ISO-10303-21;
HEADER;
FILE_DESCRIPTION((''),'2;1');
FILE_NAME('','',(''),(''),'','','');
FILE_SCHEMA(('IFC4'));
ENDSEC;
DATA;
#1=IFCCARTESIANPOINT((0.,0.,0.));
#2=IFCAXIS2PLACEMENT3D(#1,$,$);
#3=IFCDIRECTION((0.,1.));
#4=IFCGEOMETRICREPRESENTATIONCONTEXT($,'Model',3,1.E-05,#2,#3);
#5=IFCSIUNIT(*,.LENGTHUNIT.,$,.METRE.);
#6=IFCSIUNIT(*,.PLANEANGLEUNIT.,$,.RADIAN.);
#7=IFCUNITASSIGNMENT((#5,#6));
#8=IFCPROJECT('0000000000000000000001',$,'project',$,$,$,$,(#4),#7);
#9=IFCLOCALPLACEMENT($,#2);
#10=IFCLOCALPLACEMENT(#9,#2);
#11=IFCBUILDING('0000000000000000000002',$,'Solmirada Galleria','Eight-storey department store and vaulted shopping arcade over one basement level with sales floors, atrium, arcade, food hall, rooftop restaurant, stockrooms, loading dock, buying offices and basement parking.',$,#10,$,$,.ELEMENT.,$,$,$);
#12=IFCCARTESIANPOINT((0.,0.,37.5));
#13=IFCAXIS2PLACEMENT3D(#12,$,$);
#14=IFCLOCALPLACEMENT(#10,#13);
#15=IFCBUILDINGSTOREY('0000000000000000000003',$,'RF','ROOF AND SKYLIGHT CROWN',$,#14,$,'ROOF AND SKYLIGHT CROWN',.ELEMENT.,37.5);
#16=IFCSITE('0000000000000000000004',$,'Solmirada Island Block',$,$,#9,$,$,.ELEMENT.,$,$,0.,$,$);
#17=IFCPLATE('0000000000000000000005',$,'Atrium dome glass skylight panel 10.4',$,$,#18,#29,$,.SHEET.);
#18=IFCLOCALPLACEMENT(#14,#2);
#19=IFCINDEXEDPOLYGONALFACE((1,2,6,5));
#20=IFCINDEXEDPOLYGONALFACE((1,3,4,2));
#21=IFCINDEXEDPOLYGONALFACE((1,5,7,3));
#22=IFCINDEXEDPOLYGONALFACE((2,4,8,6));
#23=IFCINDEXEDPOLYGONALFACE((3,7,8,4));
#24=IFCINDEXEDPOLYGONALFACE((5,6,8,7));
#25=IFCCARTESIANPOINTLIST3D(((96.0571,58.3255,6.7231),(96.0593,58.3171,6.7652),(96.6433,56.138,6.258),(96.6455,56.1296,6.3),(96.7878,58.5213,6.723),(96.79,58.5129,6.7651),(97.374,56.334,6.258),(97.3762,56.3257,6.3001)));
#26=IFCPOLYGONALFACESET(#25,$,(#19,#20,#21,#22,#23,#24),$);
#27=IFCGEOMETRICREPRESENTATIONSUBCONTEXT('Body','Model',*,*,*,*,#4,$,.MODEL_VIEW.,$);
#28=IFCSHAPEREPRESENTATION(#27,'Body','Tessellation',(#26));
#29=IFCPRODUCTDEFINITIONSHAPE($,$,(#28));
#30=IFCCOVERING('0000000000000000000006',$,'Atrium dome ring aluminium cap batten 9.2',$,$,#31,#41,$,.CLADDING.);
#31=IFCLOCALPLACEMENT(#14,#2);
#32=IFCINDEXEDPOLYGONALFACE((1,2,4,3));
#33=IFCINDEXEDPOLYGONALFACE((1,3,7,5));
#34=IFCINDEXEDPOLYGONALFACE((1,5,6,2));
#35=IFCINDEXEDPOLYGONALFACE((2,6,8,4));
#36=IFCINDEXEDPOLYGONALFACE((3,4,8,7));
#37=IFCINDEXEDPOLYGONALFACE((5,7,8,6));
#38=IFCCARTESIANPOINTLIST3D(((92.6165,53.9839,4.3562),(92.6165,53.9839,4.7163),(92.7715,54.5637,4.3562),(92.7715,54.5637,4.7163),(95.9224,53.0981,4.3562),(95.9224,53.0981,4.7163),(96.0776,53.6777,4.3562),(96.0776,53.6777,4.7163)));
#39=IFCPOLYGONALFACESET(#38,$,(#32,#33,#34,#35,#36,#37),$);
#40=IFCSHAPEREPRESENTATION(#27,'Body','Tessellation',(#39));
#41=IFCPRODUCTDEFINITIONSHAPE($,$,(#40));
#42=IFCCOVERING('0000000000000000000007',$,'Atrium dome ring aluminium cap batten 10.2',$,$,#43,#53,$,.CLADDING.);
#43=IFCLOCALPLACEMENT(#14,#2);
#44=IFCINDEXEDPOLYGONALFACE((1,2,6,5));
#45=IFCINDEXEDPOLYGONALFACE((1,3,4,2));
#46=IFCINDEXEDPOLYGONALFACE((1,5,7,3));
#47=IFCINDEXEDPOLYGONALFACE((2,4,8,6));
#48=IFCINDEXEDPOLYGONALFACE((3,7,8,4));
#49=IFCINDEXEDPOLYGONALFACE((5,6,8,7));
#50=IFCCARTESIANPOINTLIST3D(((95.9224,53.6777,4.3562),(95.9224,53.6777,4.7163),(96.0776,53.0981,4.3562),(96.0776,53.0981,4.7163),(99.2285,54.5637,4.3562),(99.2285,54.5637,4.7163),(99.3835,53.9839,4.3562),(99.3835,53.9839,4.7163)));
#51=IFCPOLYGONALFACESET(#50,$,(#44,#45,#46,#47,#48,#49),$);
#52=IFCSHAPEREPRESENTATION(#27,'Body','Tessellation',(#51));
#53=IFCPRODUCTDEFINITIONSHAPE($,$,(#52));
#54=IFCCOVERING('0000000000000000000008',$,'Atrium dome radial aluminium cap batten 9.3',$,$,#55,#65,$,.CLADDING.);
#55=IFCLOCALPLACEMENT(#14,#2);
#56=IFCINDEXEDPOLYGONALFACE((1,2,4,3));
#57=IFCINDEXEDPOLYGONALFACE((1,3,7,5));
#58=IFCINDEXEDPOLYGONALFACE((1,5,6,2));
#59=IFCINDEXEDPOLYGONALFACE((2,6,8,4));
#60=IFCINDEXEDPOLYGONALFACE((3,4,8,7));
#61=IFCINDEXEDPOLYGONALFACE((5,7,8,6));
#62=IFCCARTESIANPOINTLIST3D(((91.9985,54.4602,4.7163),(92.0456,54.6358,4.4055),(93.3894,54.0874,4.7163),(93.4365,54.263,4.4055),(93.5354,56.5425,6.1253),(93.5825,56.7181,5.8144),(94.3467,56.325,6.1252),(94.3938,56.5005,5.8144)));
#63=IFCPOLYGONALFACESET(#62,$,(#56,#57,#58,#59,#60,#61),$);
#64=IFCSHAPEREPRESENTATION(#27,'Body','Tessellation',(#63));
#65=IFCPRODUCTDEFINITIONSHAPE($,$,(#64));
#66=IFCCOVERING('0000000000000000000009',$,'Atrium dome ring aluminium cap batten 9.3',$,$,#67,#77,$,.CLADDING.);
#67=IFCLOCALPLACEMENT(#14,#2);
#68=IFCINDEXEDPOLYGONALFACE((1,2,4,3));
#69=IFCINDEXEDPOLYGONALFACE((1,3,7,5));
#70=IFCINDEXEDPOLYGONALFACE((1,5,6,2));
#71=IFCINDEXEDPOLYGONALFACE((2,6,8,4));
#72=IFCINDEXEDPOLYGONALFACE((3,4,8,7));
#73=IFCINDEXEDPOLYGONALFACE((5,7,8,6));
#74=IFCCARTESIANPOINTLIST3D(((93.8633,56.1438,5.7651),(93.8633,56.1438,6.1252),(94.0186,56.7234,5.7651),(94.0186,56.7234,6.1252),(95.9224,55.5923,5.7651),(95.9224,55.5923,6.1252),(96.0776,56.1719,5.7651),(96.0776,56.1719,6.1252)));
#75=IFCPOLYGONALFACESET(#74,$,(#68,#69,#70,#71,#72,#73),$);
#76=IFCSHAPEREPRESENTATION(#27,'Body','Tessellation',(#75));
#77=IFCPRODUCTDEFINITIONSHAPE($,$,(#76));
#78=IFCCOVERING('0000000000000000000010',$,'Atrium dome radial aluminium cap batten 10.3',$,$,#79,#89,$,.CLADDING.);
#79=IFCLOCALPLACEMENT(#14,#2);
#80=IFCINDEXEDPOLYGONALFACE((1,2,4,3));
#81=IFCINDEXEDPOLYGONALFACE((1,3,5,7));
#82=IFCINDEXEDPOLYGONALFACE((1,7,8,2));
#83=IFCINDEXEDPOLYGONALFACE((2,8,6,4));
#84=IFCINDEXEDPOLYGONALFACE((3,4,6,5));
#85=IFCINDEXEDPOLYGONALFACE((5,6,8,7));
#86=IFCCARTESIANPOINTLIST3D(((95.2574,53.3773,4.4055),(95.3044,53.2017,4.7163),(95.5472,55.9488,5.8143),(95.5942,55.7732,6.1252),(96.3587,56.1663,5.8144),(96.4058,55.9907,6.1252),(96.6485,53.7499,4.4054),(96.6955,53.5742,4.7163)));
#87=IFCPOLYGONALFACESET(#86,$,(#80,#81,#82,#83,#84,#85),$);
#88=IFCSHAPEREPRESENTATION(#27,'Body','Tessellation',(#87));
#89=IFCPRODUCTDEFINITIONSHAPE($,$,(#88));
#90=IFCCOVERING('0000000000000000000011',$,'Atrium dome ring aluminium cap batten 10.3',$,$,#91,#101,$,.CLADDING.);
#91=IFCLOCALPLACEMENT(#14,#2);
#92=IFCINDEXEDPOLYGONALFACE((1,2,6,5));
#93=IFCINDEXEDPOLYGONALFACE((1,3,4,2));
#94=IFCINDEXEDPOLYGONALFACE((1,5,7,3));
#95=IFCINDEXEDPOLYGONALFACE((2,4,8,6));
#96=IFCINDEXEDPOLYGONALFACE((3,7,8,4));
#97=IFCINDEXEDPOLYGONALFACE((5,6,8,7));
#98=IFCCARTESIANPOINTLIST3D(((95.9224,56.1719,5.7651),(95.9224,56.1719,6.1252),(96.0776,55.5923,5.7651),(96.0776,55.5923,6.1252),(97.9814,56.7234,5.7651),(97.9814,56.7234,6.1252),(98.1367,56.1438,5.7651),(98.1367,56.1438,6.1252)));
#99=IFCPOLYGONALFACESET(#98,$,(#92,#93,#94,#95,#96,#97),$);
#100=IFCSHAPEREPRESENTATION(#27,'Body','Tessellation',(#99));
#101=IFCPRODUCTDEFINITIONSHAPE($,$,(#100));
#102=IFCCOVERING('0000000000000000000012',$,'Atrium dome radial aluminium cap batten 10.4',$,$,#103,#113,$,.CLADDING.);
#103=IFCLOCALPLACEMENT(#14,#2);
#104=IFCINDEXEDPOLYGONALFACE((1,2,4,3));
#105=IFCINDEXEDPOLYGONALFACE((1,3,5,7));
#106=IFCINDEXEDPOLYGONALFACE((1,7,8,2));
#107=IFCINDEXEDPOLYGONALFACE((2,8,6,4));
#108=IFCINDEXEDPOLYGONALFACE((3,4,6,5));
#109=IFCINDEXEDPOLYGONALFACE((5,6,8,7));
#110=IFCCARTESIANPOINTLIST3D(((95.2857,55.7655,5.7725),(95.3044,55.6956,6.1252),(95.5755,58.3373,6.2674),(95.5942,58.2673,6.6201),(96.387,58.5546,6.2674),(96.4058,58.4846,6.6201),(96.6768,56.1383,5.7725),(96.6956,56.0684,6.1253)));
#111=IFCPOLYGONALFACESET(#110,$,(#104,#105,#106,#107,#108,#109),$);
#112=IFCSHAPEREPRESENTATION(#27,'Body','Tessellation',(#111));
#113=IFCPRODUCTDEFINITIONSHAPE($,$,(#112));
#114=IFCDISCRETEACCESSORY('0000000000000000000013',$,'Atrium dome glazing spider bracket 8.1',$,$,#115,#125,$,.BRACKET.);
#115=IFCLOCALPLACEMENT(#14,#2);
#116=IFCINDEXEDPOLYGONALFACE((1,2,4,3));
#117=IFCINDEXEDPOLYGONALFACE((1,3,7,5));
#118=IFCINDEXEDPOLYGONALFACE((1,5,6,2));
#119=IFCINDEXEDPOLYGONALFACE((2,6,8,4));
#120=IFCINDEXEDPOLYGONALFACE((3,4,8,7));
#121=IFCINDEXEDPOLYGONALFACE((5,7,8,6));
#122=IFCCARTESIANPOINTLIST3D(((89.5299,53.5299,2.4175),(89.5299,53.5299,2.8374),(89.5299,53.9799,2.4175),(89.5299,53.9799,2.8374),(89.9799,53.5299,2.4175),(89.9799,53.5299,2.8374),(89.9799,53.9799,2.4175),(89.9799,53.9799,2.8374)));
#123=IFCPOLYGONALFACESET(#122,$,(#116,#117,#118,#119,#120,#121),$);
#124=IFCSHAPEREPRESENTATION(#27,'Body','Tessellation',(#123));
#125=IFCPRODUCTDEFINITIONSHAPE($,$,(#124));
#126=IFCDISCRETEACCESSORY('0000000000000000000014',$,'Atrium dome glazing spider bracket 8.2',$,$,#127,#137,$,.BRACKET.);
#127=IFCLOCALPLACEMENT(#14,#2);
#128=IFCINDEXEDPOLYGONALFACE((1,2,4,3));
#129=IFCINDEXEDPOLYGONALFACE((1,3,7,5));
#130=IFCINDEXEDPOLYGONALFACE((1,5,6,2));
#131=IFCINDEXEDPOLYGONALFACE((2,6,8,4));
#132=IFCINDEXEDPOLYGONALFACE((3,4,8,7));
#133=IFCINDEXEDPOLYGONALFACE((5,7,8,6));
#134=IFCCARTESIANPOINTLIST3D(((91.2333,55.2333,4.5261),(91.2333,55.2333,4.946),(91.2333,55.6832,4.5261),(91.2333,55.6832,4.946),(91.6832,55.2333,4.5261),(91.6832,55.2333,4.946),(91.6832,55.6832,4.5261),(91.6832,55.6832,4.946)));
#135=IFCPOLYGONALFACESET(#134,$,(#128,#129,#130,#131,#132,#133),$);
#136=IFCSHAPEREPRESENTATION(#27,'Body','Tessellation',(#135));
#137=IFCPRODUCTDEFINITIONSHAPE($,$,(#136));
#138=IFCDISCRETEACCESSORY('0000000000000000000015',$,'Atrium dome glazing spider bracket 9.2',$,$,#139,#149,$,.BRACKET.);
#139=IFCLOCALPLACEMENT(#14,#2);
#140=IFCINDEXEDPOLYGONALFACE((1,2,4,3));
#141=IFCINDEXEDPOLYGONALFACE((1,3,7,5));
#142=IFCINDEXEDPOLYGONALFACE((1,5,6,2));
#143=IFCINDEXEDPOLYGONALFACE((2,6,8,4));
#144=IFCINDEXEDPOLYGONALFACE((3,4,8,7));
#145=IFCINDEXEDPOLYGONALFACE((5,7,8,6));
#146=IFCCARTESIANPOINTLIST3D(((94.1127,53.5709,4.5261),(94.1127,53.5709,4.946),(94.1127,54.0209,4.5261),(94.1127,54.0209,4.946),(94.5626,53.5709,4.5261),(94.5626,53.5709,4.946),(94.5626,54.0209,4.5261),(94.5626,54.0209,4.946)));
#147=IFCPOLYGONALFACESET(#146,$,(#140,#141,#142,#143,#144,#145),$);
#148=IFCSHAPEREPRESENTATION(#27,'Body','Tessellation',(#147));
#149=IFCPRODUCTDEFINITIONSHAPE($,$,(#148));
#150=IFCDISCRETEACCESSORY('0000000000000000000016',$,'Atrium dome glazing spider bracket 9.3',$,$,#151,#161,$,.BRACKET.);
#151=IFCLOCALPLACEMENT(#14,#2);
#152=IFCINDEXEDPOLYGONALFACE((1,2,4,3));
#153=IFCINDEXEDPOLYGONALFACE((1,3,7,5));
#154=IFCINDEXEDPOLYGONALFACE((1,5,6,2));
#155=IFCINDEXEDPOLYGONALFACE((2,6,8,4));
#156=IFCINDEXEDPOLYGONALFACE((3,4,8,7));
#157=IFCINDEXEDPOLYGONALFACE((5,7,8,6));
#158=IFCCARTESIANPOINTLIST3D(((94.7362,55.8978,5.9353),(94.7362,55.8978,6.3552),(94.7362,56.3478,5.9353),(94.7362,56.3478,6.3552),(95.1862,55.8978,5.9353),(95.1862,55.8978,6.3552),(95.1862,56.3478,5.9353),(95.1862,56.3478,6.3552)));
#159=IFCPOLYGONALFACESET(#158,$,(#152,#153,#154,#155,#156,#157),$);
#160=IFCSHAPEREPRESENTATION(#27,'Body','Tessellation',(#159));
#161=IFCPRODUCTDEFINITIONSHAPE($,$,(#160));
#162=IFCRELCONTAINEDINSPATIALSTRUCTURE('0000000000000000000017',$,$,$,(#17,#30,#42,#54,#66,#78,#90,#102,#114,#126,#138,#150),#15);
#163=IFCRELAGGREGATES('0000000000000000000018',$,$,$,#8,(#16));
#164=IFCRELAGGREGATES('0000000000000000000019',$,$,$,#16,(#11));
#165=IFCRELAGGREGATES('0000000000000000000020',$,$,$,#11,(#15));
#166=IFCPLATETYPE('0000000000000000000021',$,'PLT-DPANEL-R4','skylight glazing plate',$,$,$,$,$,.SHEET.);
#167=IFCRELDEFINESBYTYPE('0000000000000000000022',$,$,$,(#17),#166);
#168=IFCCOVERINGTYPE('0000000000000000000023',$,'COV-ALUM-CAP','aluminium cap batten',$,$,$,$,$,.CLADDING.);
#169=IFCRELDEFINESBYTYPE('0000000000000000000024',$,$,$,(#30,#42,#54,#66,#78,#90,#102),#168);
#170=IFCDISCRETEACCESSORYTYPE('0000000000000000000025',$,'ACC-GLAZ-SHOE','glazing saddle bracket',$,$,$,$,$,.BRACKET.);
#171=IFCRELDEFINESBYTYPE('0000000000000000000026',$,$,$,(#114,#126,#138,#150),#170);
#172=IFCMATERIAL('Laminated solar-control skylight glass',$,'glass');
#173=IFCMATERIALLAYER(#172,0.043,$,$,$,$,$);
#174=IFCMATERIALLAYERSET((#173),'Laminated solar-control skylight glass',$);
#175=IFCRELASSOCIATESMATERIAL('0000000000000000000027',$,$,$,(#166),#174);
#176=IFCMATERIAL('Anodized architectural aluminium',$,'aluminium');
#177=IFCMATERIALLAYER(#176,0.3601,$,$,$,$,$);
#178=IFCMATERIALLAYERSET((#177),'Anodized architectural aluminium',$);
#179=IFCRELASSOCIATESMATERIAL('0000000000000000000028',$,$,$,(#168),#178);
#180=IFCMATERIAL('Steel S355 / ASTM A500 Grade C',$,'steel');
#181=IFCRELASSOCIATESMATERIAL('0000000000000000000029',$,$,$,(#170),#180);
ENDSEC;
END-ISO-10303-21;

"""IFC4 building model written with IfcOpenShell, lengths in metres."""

from ifc_helpers import new_model, si_unit, direction, frame, origin, origin_2d, place, context, subcontext, project, spatial, polyline, rectangle, outline, extrude, material, layer, layer_set, type_object, element, save


model = new_model("IFC4")

# Units and contexts
model_context = context("Model", 3, precision=1e-05, world=origin(), true_north=direction((0.0, 1.0)))
body_context = subcontext(model_context, "Body", "Model", "MODEL_VIEW")
ifc_project = project(units=[si_unit("LENGTHUNIT", "METRE"), si_unit("PLANEANGLEUNIT", "RADIAN")], contexts=[model_context])

# Site, building, storey
site_placement = place(None, origin())
site = spatial("IfcSite", under=ifc_project, at=site_placement, Name="Solmirada Island Block", CompositionType="ELEMENT", RefElevation=0.0)
building_placement = place(site_placement, origin())
building = spatial("IfcBuilding", under=site, at=building_placement, Name="Solmirada Galleria", Description="Eight-storey department store and vaulted shopping arcade over one basement level with sales floors, atrium, arcade, food hall, rooftop restaurant, stockrooms, loading dock, buying offices and basement parking.", CompositionType="ELEMENT")
storey_placement = place(building_placement, frame((0.0, 0.0, 37.5)))
storey = spatial("IfcBuildingStorey", under=building, at=storey_placement, Name="RF", Description="ROOF AND SKYLIGHT CROWN", LongName="ROOF AND SKYLIGHT CROWN", CompositionType="ELEMENT", Elevation=37.5)

# Shared definitions
ifc_material_1 = material(Name="Steel S355 / ASTM A500 Grade C", Category="steel")

# Plate
ifc_material_2 = material(Name="Laminated solar-control skylight glass", Category="glass")
ifc_layer_1 = layer(ifc_material_2, 0.043)
ifc_layer_set_1 = layer_set([ifc_layer_1], Name="Laminated solar-control skylight glass")
plate_type_1 = type_object("IfcPlateType", Name="PLT-DPANEL-R4", Description="skylight glazing plate", PredefinedType="SHEET", material=ifc_layer_set_1)
plate_1_placement = place(storey_placement, frame((96.6455, 56.1296, 6.3), z_axis=(0.052101, -0.194314, 0.979555), x_axis=(0.965844, 0.259122, 0.000031)))
element("IfcPlate", 1, at=plate_1_placement, inside=storey, type_object=plate_type_1, Name="Atrium dome glass skylight panel 10.4", PredefinedType="SHEET", context=body_context, shape_type="SweptSolid", body=[
    extrude(outline(polyline([(0.0, 0.0), (0.7566, 0.0), (0.7572, 2.3117), (0.0007, 2.3119), (0.0, 0.0)])), origin(), (0.0, 0.0, -1.0), 0.043),
])

# Coverings
ifc_material_3 = material(Name="Anodized architectural aluminium", Category="aluminium")
ifc_layer_2 = layer(ifc_material_3, 0.3601)
ifc_layer_set_2 = layer_set([ifc_layer_2], Name="Anodized architectural aluminium")
covering_type = type_object("IfcCoveringType", Name="COV-ALUM-CAP", Description="aluminium cap batten", PredefinedType="CLADDING", material=ifc_layer_set_2)
covering_1_placement = place(storey_placement, frame((92.6165, 53.9839, 4.7163), z_axis=(0.0, 0.0, 1.0), x_axis=(0.258296, 0.966066, 0.0)))
element("IfcCovering", 2, at=covering_1_placement, inside=storey, type_object=covering_type, Name="Atrium dome ring aluminium cap batten 9.2", PredefinedType="CLADDING", context=body_context, shape_type="SweptSolid", body=[
    extrude(outline(polyline([(0.0, 0.0), (0.6002, 0.0), (0.5982, -3.4228), (-0.0018, -3.4225), (0.0, 0.0)])), origin(), (0.0, 0.0, -1.0), 0.3601),
])
covering_2_placement = place(storey_placement, frame((96.0776, 53.0981, 4.7163), z_axis=(0.0, 0.0, 1.0), x_axis=(-0.258777, 0.965937, 0.0)))
element("IfcCovering", 3, at=covering_2_placement, inside=storey, type_object=covering_type, Name="Atrium dome ring aluminium cap batten 10.2", PredefinedType="CLADDING", context=body_context, shape_type="SweptSolid", body=[
    extrude(outline(polyline([(0.0, 0.0), (0.6, 0.0), (0.6003, -3.4228), (0.0001, -3.4225), (0.0, 0.0)])), origin(), (0.0, 0.0, -1.0), 0.3601),
])
covering_3_placement = place(storey_placement, frame((91.9985, 54.4602, 4.7163), z_axis=(-0.130716, -0.487615, 0.863218), x_axis=(0.965903, -0.258905, 0.000014)))
element("IfcCovering", 4, at=covering_3_placement, inside=storey, type_object=covering_type, Name="Atrium dome radial aluminium cap batten 9.3", PredefinedType="CLADDING", context=body_context, shape_type="SweptSolid", body=[
    extrude(outline(polyline([(0.0, 0.0), (1.44, 0.0), (1.7853, 2.7908), (0.9454, 2.7909), (0.0, 0.0)])), origin(), (0.0, 0.0, -1.0), 0.3601),
])
covering_4_placement = place(storey_placement, frame((93.8633, 56.1438, 6.1252), z_axis=(0.0, 0.0, 1.0), x_axis=(0.258777, 0.965937, 0.0)))
element("IfcCovering", 5, at=covering_4_placement, inside=storey, type_object=covering_type, Name="Atrium dome ring aluminium cap batten 9.3", PredefinedType="CLADDING", context=body_context, shape_type="SweptSolid", body=[
    extrude(outline(polyline([(0.0, 0.0), (0.6, 0.0), (0.6001, -2.1317), (0.0001, -2.1317), (0.0, 0.0)])), origin(), (0.0, 0.0, -1.0), 0.3601),
])
covering_5_placement = place(storey_placement, frame((95.3044, 53.2017, 4.7163), z_axis=(0.130642, -0.487649, 0.86321), x_axis=(0.965953, 0.258717, -0.000036)))
element("IfcCovering", 6, at=covering_5_placement, inside=storey, type_object=covering_type, Name="Atrium dome radial aluminium cap batten 10.3", PredefinedType="CLADDING", context=body_context, shape_type="SweptSolid", body=[
    extrude(outline(polyline([(0.0, 0.0), (1.4401, 0.0), (1.7853, 2.7909), (0.9452, 2.7908), (0.0, 0.0)])), origin(), (0.0, 0.0, -1.0), 0.3601),
])
covering_6_placement = place(storey_placement, frame((96.0776, 55.5923, 6.1252), z_axis=(0.0, 0.0, 1.0), x_axis=(-0.258777, 0.965937, 0.0)))
element("IfcCovering", 7, at=covering_6_placement, inside=storey, type_object=covering_type, Name="Atrium dome ring aluminium cap batten 10.3", PredefinedType="CLADDING", context=body_context, shape_type="SweptSolid", body=[
    extrude(outline(polyline([(0.0, 0.0), (0.6, 0.0), (0.5999, -2.1317), (-0.0001, -2.1317), (0.0, 0.0)])), origin(), (0.0, 0.0, -1.0), 0.3601),
])
covering_7_placement = place(storey_placement, frame((95.3044, 55.6956, 6.1252), z_axis=(0.052071, -0.194365, 0.979546), x_axis=(0.965917, 0.258851, 0.000016)))
element("IfcCovering", 8, at=covering_7_placement, inside=storey, type_object=covering_type, Name="Atrium dome radial aluminium cap batten 10.4", PredefinedType="CLADDING", context=body_context, shape_type="SweptSolid", body=[
    extrude(outline(polyline([(0.0, 0.0), (1.4402, 0.0), (1.7857, 2.4592), (0.9456, 2.4594), (0.0, 0.0)])), origin(), (0.0, 0.0, -1.0), 0.3601),
])

# Discrete accessories
discrete_accessory_type = type_object("IfcDiscreteAccessoryType", Name="ACC-GLAZ-SHOE", Description="glazing saddle bracket", PredefinedType="BRACKET", material=ifc_material_1)
for number, where, z_axis, x_axis, name in (
    (9, (89.7549, 53.7549, 2.4175), (0.0, 0.0, 1.0), (1.0, 0.0, 0.0), "Atrium dome glazing spider bracket 8.1"),
    (10, (91.4583, 55.4583, 4.5261), (0.0, 0.0, 1.0), (1.0, 0.0, 0.0), "Atrium dome glazing spider bracket 8.2"),
    (11, (94.3376, 53.7959, 4.5261), (0.0, 0.0, 1.0), (1.0, 0.0, 0.0), "Atrium dome glazing spider bracket 9.2"),
    (12, (94.9612, 56.1228, 5.9353), (0.0, 0.0, 1.0), (1.0, 0.0, 0.0), "Atrium dome glazing spider bracket 9.3"),
):
    element("IfcDiscreteAccessory", number, at=place(storey_placement, frame(where, z_axis=z_axis, x_axis=x_axis)), inside=storey, type_object=discrete_accessory_type, Name=name, PredefinedType="BRACKET", context=body_context, shape_type="SweptSolid", body=[
        extrude(rectangle(XDim=0.45, YDim=0.45, at=origin_2d()), origin(), (0.0, 0.0, 1.0), 0.4199),
    ])

save(model, "model.ifc")
